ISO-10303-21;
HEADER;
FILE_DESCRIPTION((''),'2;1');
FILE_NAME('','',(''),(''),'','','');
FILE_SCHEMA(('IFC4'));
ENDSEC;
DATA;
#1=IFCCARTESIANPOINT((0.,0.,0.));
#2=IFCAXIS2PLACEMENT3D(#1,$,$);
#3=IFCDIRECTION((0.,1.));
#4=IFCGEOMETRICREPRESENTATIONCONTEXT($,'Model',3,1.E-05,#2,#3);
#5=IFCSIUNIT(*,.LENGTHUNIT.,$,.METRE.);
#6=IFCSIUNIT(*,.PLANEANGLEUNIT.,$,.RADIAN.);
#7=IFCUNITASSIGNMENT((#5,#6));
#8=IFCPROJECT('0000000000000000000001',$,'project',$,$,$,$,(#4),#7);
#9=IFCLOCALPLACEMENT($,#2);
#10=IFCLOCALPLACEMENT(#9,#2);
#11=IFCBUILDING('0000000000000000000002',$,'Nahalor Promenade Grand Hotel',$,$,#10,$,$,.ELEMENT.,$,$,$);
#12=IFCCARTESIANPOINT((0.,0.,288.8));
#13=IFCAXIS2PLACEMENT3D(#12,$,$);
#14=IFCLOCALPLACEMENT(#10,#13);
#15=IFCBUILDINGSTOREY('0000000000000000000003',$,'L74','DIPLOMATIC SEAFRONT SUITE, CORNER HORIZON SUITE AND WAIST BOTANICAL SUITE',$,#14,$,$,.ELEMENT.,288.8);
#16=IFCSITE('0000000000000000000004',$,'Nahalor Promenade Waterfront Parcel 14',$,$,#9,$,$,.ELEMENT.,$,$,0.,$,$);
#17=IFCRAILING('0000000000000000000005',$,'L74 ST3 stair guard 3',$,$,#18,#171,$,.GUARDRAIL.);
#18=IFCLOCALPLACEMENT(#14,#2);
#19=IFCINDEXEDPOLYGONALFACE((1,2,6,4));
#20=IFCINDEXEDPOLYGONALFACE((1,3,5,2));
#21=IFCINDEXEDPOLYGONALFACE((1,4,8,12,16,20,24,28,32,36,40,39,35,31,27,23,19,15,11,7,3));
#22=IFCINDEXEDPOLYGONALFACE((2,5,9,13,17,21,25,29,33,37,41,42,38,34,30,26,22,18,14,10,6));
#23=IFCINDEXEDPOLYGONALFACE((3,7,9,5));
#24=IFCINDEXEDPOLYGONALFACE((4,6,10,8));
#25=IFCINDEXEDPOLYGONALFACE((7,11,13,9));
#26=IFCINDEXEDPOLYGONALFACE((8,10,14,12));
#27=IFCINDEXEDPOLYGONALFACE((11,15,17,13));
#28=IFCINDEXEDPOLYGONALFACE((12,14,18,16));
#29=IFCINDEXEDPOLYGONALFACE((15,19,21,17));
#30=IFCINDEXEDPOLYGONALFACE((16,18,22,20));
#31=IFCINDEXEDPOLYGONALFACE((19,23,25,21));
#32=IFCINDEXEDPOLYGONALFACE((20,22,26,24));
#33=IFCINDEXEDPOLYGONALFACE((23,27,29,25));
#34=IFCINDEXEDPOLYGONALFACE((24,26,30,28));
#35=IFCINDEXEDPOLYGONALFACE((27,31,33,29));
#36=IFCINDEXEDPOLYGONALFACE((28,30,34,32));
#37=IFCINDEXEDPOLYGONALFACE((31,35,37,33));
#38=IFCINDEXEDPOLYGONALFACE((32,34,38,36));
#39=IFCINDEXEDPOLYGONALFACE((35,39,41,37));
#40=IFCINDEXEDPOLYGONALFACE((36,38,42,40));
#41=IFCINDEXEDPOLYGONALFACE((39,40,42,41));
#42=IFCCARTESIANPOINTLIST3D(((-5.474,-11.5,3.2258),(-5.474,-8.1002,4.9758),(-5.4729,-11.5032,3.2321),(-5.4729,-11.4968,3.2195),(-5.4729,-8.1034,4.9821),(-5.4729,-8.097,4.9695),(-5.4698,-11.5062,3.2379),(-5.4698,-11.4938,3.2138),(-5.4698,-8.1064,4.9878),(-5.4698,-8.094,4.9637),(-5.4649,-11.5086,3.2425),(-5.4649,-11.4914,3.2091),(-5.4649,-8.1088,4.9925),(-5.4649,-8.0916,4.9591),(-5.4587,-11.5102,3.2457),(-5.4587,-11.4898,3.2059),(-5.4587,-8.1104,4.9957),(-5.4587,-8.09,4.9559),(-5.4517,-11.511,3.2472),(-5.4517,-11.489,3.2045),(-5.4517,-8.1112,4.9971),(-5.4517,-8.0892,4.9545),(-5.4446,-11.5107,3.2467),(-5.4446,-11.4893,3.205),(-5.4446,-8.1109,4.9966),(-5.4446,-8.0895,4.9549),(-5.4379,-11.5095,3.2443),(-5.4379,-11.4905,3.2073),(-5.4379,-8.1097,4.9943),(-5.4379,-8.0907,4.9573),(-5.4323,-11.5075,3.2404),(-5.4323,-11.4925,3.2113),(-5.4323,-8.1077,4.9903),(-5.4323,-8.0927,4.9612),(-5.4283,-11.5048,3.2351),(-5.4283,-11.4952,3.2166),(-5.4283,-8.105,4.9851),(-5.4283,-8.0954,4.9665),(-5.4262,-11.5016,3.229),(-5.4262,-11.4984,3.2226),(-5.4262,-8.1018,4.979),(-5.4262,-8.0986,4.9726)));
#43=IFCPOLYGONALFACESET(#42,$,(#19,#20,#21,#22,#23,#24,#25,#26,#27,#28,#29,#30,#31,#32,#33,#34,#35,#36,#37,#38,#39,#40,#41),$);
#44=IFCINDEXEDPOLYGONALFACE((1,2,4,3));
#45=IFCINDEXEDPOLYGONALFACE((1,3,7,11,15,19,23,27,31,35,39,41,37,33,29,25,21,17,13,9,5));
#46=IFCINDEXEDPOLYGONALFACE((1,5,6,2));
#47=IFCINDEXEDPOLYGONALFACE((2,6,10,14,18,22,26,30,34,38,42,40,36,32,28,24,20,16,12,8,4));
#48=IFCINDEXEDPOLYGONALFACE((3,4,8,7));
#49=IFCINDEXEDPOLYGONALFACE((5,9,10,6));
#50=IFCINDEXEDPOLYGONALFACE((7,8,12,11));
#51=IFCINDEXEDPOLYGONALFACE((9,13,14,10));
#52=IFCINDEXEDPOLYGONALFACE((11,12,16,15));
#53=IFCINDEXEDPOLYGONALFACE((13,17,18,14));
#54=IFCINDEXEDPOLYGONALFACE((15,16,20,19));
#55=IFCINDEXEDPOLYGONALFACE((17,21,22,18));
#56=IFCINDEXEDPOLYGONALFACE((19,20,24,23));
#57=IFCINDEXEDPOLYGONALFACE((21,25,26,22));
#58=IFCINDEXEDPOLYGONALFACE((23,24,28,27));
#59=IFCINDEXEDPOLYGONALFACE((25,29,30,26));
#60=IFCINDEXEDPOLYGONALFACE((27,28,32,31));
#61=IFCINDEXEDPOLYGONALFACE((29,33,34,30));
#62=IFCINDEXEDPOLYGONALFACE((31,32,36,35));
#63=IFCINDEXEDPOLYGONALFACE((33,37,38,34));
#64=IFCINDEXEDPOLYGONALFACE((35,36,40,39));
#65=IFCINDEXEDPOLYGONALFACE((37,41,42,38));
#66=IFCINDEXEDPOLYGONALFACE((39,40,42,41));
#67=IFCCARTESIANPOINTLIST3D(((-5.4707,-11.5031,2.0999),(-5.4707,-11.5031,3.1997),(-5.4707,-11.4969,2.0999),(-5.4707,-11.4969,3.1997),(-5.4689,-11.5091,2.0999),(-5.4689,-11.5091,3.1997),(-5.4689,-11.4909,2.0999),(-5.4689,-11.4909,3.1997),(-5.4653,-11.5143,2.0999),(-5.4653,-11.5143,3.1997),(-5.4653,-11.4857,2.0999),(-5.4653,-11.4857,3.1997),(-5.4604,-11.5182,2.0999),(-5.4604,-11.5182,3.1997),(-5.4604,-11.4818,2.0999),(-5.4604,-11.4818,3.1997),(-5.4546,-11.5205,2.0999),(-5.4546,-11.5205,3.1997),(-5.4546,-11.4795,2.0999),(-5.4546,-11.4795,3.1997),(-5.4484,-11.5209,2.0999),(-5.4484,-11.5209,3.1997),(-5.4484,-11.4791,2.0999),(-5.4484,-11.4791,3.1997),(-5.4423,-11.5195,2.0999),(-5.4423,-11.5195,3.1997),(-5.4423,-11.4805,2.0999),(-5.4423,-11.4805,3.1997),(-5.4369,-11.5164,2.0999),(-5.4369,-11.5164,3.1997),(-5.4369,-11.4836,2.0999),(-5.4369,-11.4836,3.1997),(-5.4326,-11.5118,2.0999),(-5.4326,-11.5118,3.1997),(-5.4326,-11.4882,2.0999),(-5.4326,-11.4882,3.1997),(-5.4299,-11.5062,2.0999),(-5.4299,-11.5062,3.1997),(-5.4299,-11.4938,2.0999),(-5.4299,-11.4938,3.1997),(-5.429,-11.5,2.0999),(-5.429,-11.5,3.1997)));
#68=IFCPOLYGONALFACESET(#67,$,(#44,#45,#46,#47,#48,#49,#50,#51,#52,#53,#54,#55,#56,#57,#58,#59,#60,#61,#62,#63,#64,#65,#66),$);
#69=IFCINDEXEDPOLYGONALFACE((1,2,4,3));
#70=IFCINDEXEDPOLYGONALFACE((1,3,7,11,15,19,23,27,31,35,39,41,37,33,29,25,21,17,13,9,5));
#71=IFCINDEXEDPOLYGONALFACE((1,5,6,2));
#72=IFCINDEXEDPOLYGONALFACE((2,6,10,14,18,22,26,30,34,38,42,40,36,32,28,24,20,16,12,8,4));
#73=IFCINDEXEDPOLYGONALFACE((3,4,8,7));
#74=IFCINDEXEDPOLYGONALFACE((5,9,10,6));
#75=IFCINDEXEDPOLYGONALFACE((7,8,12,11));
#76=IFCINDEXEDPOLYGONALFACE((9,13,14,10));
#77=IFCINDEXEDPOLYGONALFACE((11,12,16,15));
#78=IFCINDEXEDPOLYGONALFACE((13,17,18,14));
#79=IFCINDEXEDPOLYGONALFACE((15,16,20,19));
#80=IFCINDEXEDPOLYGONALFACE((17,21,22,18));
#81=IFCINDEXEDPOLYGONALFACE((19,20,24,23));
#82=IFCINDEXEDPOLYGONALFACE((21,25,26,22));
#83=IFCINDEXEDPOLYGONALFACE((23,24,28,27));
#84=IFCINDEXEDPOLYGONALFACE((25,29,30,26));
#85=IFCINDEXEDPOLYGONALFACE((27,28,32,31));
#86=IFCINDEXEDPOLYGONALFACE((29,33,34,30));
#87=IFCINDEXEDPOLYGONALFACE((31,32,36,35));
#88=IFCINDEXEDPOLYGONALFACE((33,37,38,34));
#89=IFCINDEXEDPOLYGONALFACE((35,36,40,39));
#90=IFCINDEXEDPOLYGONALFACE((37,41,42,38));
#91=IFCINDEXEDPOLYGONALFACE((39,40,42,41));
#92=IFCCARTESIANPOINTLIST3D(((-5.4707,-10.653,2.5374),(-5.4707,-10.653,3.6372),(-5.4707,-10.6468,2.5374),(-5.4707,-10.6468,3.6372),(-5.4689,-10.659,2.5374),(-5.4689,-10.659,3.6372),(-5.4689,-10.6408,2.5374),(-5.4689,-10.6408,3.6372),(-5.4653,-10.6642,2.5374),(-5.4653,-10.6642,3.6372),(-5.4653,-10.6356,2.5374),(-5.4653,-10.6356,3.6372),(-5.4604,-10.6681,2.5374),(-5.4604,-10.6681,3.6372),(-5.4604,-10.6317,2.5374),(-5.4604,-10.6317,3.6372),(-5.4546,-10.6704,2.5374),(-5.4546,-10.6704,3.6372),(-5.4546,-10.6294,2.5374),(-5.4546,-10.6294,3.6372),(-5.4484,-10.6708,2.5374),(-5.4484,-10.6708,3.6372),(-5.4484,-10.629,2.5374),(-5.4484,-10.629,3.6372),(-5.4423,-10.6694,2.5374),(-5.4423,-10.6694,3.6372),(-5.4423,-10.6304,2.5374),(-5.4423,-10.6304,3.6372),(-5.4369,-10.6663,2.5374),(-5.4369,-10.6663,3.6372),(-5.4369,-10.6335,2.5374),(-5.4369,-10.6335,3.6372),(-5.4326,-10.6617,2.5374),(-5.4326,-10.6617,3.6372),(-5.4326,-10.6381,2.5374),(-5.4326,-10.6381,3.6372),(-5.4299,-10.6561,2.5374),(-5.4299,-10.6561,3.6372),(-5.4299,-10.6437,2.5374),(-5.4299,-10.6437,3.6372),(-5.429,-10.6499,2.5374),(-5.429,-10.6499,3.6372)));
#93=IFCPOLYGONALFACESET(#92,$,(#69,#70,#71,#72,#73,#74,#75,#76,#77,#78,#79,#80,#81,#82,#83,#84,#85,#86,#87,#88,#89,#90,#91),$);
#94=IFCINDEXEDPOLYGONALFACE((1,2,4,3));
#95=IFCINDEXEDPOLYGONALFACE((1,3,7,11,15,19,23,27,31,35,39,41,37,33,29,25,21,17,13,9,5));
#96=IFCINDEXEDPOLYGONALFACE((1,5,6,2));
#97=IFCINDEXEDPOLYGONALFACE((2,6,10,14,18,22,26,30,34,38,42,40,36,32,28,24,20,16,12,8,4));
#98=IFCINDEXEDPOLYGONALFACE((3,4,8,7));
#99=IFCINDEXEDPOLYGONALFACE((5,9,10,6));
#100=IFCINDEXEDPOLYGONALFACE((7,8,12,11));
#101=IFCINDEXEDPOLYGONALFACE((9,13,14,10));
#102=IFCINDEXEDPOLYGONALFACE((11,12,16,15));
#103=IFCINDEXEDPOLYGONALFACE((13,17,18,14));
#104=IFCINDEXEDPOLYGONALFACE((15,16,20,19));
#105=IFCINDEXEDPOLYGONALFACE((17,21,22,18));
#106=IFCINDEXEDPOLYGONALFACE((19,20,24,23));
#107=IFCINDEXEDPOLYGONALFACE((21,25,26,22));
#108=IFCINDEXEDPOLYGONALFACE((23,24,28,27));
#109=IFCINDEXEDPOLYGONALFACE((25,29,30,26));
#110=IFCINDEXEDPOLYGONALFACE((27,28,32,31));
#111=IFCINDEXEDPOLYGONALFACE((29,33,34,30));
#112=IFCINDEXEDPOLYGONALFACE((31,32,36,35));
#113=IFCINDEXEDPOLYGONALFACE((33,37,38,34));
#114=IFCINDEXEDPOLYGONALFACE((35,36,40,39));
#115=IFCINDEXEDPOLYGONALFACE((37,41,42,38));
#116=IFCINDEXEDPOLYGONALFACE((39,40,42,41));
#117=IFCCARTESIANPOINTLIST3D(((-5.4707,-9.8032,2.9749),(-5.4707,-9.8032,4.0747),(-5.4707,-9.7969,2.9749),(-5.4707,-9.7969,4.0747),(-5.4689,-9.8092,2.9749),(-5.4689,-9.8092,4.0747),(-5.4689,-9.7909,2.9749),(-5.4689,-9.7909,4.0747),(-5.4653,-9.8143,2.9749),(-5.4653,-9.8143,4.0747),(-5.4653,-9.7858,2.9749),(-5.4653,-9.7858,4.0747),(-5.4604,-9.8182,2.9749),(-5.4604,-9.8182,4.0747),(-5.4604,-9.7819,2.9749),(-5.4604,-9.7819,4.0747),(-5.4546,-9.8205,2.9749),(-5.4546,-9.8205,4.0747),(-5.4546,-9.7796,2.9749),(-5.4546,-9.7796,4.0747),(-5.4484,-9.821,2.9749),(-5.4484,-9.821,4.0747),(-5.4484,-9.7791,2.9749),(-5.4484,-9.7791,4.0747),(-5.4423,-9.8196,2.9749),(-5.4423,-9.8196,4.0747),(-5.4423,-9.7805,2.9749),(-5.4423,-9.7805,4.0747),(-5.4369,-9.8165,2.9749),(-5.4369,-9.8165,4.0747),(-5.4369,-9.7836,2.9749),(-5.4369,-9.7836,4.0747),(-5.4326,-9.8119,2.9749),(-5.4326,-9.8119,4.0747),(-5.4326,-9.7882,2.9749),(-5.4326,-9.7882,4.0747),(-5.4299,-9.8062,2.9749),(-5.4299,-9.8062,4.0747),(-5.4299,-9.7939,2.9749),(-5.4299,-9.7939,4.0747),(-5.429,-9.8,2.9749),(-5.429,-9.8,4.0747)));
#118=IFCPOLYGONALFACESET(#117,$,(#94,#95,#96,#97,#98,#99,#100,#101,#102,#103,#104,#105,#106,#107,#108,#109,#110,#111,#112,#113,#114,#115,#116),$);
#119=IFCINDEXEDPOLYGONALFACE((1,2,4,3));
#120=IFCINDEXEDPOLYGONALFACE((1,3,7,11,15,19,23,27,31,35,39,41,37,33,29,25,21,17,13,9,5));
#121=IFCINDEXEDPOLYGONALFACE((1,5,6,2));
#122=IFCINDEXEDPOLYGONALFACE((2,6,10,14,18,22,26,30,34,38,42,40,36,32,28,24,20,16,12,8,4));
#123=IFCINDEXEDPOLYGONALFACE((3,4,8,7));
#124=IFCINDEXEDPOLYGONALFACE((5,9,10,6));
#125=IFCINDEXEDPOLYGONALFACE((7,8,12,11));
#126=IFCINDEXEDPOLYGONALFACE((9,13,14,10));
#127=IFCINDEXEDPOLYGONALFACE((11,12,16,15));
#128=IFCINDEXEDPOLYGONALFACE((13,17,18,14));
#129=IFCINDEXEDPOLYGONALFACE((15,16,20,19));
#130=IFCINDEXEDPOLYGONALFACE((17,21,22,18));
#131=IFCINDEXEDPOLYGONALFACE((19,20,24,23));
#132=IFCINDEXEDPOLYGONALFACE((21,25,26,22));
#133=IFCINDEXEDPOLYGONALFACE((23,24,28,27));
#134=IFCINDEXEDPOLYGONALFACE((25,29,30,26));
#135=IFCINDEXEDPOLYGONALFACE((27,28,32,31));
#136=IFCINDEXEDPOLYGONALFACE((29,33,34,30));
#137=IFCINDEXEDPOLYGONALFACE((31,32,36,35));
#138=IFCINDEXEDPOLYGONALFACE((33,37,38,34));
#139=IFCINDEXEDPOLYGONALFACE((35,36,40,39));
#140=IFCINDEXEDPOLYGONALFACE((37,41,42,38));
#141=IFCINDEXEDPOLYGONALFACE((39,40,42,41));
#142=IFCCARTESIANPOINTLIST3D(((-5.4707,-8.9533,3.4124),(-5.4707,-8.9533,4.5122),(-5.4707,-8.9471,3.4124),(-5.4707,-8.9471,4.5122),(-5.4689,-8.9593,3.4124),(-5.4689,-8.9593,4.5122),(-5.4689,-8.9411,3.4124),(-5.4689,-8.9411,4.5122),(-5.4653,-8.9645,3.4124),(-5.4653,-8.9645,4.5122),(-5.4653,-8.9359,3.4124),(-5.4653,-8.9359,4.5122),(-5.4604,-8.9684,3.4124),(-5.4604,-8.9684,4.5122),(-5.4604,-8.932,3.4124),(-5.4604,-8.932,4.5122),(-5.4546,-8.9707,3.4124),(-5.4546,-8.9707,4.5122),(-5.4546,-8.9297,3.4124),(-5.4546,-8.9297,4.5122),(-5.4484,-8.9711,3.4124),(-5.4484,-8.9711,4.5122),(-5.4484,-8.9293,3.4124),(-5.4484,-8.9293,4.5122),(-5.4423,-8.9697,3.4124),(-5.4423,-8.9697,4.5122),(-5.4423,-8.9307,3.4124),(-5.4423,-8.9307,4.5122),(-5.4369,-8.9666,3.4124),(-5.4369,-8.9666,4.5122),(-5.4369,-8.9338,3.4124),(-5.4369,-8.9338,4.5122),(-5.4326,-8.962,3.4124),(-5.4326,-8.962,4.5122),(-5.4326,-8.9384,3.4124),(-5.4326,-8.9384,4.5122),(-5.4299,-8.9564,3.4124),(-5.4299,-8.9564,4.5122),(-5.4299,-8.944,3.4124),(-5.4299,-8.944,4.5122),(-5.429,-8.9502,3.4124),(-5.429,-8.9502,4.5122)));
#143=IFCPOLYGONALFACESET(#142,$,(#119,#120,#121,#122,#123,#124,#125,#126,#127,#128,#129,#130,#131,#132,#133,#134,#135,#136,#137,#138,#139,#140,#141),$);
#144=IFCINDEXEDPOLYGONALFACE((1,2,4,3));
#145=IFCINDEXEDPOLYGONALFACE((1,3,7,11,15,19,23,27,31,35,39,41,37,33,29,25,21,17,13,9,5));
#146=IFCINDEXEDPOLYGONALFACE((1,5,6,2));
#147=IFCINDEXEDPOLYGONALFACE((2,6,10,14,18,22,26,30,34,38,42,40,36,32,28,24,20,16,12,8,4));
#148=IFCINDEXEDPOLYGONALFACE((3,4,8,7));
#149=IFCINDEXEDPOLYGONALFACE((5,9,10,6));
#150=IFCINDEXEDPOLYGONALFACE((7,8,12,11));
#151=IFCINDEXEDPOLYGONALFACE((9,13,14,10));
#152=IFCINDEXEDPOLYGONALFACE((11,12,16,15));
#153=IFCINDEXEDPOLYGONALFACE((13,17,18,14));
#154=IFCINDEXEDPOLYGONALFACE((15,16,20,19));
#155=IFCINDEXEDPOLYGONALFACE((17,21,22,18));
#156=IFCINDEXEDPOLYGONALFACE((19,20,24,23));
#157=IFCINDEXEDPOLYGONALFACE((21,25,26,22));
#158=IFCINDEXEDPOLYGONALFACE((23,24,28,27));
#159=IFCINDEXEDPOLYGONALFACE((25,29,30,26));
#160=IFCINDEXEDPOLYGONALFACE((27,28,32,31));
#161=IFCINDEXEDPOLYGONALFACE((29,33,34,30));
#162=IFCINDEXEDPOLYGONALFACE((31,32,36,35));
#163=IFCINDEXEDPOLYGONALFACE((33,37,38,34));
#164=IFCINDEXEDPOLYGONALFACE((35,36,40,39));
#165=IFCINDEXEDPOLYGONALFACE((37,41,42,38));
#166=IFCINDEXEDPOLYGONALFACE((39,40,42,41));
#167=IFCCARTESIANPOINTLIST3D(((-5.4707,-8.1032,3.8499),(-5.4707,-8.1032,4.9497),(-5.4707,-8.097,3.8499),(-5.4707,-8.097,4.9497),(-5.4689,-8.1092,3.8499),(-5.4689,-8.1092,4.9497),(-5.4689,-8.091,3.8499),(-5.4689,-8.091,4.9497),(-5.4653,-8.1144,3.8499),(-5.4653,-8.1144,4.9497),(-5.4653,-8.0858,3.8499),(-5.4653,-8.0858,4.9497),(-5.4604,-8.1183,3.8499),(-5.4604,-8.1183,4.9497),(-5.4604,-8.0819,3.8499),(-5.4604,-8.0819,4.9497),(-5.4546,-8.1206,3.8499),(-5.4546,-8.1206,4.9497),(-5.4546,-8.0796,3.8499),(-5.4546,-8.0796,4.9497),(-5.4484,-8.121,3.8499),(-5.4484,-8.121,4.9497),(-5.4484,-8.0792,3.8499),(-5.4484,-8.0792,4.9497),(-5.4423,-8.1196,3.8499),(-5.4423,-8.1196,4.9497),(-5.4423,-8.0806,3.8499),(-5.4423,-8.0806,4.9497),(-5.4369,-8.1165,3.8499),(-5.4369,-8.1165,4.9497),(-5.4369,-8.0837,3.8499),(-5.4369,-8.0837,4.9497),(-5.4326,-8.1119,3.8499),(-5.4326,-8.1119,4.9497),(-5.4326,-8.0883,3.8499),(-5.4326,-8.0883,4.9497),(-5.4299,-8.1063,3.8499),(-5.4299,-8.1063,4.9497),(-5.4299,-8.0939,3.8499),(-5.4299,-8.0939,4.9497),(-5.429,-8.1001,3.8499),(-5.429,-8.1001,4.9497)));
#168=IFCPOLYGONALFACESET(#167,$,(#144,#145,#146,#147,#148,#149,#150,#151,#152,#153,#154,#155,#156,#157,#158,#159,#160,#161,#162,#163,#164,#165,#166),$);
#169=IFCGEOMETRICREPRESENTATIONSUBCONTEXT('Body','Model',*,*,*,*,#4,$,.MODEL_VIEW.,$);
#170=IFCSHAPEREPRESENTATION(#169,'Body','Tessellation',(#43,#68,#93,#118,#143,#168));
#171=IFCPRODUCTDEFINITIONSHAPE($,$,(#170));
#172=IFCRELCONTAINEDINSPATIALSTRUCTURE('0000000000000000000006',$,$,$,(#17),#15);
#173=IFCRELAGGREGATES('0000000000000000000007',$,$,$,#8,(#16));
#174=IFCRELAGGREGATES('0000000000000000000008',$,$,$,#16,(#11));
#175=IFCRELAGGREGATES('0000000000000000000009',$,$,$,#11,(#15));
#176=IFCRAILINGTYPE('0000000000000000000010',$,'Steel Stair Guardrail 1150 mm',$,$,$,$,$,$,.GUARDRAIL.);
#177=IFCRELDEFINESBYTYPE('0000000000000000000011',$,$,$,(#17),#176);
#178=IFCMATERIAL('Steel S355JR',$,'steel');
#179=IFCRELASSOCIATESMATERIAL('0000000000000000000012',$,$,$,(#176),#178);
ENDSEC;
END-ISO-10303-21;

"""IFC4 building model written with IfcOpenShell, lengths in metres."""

from ifc_helpers import new_model, si_unit, direction, frame, origin, origin_2d, place, context, subcontext, project, spatial, circle, extrude, material, type_object, element, save


model = new_model("IFC4")

# Units and contexts
model_context = context("Model", 3, precision=1e-05, world=origin(), true_north=direction((0.0, 1.0)))
body_context = subcontext(model_context, "Body", "Model", "MODEL_VIEW")
ifc_project = project(units=[si_unit("LENGTHUNIT", "METRE"), si_unit("PLANEANGLEUNIT", "RADIAN")], contexts=[model_context])

# Site, building, storey
site_placement = place(None, origin())
site = spatial("IfcSite", under=ifc_project, at=site_placement, Name="Nahalor Promenade Waterfront Parcel 14", CompositionType="ELEMENT", RefElevation=0.0)
building_placement = place(site_placement, origin())
building = spatial("IfcBuilding", under=site, at=building_placement, Name="Nahalor Promenade Grand Hotel", CompositionType="ELEMENT")
storey_placement = place(building_placement, frame((0.0, 0.0, 288.8)))
storey = spatial("IfcBuildingStorey", under=building, at=storey_placement, Name="L74", Description="DIPLOMATIC SEAFRONT SUITE, CORNER HORIZON SUITE AND WAIST BOTANICAL SUITE", CompositionType="ELEMENT", Elevation=288.8)

# Shared definitions
ifc_material_1 = material(Name="Steel S355JR", Category="steel")

# Railing
railing_type_1 = type_object("IfcRailingType", Name="Steel Stair Guardrail 1150 mm", PredefinedType="GUARDRAIL", material=ifc_material_1)
railing_1_placement = place(storey_placement, frame((-5.45, -11.5, 2.0999)))
element("IfcRailing", 1, at=railing_1_placement, inside=storey, type_object=railing_type_1, Name="L74 ST3 stair guard 3", PredefinedType="GUARDRAIL", context=body_context, shape_type="SweptSolid", body=[
    extrude(circle(Radius=0.024, at=origin_2d()), frame((0.0, 0.0, 1.126), z_axis=(0.0, 0.88913, 0.457654), x_axis=(-1.0, 0.0, 0.0)), (0.0, 0.0, 1.0), 3.8237),
    extrude(circle(Radius=0.021, at=origin_2d()), origin(), (0.0, 0.0, 1.0), 1.0999),
    extrude(circle(Radius=0.021, at=origin_2d()), frame((0.0, 0.8501, 0.4375)), (0.0, 0.0, 1.0), 1.0999),
    extrude(circle(Radius=0.021, at=origin_2d()), frame((0.0, 1.7, 0.875)), (0.0, 0.0, 1.0), 1.0999),
    extrude(circle(Radius=0.021, at=origin_2d()), frame((0.0, 2.5498, 1.3125)), (0.0, 0.0, 1.0), 1.0999),
    extrude(circle(Radius=0.021, at=origin_2d()), frame((0.0, 3.3999, 1.75)), (0.0, 0.0, 1.0), 1.0999),
])

save(model, "model.ifc")
